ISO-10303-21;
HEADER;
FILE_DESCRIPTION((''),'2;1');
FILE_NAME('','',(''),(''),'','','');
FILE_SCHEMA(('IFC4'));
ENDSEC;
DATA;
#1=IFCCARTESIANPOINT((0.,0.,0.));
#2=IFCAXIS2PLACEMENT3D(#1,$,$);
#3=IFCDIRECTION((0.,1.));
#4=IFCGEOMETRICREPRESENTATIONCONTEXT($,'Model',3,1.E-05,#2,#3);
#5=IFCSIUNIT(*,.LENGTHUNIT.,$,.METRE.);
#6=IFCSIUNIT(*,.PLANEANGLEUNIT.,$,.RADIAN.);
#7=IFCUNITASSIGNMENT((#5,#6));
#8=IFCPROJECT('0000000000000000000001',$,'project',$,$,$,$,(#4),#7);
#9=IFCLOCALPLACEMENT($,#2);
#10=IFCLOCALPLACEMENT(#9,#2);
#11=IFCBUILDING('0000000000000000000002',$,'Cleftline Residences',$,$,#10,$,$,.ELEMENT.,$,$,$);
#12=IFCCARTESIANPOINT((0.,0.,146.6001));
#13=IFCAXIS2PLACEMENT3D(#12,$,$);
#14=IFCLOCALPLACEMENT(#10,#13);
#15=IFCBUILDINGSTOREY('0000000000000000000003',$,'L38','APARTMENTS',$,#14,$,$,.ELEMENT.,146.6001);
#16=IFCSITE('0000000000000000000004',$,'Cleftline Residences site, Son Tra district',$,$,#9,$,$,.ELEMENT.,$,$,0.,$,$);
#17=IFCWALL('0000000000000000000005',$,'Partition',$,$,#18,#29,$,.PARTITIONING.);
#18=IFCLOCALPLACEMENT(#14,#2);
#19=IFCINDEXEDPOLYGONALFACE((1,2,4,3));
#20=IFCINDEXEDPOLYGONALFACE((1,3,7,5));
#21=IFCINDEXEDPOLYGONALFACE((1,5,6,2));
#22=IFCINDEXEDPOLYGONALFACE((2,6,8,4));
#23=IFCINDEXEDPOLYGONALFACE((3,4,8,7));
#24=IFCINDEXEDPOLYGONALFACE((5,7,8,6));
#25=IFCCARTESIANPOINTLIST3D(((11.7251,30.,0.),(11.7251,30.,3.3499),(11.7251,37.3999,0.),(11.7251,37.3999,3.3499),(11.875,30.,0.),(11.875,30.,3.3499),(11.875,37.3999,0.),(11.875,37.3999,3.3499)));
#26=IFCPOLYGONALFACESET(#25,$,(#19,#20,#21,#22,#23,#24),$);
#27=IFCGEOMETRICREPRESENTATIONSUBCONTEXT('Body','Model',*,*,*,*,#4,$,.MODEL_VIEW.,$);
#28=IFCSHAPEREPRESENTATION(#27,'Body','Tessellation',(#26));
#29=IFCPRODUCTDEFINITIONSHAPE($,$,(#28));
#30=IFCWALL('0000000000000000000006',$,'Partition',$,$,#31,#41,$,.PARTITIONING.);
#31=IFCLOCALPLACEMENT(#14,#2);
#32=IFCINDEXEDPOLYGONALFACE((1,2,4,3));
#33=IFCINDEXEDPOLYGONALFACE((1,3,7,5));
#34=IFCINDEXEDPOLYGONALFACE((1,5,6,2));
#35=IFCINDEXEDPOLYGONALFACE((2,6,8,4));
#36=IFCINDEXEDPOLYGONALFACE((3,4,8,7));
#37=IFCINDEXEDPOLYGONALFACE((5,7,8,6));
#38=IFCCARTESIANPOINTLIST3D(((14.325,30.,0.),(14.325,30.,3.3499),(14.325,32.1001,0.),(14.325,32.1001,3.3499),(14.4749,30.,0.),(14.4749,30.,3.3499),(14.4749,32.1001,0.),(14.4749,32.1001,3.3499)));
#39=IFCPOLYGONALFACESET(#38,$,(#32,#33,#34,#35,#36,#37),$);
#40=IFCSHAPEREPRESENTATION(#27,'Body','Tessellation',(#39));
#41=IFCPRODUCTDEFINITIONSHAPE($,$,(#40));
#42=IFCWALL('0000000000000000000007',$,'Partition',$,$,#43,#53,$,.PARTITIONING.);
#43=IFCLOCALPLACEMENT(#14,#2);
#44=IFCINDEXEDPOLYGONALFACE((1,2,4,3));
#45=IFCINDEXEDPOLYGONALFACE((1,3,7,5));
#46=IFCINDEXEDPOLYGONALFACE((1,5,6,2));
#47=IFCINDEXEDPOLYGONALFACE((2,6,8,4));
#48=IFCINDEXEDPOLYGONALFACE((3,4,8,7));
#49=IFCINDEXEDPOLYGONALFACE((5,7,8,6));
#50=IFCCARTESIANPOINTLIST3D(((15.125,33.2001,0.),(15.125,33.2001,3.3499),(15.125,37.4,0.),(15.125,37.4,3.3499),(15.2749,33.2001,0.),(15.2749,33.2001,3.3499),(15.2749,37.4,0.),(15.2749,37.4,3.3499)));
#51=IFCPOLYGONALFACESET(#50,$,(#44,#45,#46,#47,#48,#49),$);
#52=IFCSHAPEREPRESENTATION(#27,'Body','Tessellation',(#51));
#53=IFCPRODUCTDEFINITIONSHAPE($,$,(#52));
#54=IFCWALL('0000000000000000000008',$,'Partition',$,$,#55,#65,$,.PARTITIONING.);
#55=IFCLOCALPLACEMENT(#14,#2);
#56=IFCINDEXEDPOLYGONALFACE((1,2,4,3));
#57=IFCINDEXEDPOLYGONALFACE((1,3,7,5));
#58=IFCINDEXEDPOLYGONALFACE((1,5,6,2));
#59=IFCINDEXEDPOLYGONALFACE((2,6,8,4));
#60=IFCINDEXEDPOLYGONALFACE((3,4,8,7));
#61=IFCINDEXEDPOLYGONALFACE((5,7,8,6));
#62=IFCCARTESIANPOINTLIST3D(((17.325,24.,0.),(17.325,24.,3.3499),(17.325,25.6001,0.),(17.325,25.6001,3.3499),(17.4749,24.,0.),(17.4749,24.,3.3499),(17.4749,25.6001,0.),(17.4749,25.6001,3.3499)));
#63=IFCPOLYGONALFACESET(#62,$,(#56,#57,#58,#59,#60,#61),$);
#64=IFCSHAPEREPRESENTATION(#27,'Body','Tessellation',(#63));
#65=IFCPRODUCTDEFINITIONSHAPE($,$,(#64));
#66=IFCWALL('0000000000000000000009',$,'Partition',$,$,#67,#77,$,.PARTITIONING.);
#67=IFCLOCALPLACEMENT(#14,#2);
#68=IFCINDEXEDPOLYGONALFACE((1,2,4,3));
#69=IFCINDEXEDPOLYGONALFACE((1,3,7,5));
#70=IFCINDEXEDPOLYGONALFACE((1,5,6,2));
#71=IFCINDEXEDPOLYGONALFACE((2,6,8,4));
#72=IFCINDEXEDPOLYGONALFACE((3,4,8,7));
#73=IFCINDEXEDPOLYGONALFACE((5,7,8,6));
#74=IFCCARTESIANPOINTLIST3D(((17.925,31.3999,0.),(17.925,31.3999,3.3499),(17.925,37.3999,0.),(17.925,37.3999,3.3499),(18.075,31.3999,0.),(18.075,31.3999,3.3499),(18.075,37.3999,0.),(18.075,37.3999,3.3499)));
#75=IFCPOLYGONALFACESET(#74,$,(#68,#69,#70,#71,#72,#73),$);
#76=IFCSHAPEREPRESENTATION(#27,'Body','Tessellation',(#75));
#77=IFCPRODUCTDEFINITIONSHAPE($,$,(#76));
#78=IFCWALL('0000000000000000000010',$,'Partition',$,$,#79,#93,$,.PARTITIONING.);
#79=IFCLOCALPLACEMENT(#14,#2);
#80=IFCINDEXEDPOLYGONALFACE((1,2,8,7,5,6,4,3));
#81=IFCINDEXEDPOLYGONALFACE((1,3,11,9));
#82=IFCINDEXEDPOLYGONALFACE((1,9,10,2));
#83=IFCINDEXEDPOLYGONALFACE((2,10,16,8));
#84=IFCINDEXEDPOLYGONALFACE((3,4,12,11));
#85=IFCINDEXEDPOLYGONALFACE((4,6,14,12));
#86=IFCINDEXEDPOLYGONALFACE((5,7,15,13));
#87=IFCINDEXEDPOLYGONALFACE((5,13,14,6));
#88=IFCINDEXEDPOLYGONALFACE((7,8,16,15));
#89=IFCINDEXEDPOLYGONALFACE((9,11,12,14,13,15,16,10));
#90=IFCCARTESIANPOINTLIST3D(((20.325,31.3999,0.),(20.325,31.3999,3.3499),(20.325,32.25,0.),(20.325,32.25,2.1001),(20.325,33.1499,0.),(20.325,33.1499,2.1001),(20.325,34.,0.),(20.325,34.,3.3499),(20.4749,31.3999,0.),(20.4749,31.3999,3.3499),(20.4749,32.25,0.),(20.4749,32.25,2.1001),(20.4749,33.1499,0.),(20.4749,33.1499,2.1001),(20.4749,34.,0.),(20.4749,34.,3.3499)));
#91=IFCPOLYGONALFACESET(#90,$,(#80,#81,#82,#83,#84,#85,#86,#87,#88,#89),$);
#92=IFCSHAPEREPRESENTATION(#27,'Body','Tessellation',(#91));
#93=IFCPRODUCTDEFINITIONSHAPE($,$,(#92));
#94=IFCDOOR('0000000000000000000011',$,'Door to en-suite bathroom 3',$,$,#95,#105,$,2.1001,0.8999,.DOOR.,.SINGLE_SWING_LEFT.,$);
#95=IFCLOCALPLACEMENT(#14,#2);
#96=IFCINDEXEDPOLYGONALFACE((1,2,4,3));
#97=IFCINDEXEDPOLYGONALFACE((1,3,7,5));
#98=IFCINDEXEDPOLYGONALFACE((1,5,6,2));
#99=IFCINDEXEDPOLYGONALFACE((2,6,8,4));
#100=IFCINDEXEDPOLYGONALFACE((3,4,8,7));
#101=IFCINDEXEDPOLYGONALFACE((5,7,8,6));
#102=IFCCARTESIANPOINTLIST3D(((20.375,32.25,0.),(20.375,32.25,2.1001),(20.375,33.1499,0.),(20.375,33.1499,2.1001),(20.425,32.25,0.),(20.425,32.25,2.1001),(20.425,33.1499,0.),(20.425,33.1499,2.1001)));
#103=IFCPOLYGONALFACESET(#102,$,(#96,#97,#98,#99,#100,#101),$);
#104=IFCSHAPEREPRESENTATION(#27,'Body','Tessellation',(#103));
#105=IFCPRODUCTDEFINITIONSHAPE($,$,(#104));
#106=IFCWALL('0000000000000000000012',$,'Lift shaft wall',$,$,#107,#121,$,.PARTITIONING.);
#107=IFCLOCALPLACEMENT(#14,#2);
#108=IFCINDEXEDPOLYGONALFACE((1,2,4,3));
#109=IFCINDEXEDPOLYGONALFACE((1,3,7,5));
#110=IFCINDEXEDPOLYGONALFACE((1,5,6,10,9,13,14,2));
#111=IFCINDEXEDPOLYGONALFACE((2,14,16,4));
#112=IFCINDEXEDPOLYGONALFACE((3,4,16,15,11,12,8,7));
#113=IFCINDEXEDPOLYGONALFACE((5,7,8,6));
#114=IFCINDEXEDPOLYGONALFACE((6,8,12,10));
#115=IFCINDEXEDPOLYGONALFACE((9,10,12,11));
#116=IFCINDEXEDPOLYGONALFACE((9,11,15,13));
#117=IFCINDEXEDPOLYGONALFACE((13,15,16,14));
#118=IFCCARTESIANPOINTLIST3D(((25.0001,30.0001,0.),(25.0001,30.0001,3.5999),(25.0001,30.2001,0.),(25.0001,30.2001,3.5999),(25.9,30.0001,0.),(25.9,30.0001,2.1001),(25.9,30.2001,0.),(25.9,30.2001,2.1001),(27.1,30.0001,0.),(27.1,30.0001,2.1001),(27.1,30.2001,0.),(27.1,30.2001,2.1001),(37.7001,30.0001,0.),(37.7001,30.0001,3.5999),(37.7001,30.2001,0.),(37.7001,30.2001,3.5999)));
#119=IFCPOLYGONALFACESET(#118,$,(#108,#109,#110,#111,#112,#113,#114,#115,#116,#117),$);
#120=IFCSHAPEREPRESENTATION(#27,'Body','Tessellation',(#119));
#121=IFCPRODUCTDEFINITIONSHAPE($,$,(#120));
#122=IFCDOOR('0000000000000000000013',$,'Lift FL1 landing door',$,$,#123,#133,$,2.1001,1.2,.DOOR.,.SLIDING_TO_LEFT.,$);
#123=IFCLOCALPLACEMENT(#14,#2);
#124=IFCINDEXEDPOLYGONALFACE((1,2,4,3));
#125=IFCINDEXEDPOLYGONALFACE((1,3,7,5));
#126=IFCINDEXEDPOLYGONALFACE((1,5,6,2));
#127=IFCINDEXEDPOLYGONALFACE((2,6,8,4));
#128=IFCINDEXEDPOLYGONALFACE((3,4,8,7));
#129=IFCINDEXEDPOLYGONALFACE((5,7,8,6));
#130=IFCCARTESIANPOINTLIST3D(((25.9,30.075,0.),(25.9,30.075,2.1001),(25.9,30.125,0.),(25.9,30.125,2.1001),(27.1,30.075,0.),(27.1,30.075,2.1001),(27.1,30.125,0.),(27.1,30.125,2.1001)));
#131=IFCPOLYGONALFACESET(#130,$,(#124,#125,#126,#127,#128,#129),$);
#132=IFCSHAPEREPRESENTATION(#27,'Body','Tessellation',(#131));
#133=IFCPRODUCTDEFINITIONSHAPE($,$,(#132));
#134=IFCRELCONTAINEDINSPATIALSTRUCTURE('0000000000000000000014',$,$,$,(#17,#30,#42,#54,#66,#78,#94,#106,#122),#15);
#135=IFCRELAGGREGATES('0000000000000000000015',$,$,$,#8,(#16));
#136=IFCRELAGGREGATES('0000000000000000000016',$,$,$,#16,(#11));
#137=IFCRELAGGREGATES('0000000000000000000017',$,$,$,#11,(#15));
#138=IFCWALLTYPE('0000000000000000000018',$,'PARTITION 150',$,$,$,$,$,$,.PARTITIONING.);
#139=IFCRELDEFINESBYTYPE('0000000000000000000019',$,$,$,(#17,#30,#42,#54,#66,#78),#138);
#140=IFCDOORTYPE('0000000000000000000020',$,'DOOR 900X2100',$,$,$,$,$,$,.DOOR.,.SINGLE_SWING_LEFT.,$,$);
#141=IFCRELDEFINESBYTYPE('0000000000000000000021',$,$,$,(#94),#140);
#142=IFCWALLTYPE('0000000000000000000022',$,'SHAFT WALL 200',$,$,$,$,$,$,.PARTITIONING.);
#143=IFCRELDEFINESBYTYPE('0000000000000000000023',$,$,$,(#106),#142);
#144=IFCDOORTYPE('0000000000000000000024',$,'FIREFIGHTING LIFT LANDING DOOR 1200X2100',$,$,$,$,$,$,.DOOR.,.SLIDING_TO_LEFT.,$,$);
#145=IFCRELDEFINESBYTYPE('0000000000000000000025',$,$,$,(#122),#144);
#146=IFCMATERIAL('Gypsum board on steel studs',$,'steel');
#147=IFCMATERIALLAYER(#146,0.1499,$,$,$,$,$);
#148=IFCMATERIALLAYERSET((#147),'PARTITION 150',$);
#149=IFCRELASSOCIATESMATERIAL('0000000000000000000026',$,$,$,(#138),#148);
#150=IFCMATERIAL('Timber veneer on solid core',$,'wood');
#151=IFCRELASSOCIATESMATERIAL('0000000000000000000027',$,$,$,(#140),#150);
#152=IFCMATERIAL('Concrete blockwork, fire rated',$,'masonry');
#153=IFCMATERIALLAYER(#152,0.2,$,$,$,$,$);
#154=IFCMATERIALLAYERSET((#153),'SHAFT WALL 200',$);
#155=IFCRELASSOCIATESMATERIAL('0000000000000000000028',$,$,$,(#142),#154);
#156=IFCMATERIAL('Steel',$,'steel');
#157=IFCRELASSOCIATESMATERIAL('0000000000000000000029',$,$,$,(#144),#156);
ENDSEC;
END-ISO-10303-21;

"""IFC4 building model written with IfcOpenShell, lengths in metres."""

from ifc_helpers import new_model, si_unit, direction, frame, frame_2d, origin, place, context, subcontext, project, spatial, rectangle, extrude, material, layer, layer_set, type_object, element, fill, save


model = new_model("IFC4")

# Units and contexts
model_context = context("Model", 3, precision=1e-05, world=origin(), true_north=direction((0.0, 1.0)))
body_context = subcontext(model_context, "Body", "Model", "MODEL_VIEW")
ifc_project = project(units=[si_unit("LENGTHUNIT", "METRE"), si_unit("PLANEANGLEUNIT", "RADIAN")], contexts=[model_context])

# Site, building, storey
site_placement = place(None, origin())
site = spatial("IfcSite", under=ifc_project, at=site_placement, Name="Cleftline Residences site, Son Tra district", CompositionType="ELEMENT", RefElevation=0.0)
building_placement = place(site_placement, origin())
building = spatial("IfcBuilding", under=site, at=building_placement, Name="Cleftline Residences", CompositionType="ELEMENT")
storey_placement = place(building_placement, frame((0.0, 0.0, 146.6001)))
storey = spatial("IfcBuildingStorey", under=building, at=storey_placement, Name="L38", Description="APARTMENTS", CompositionType="ELEMENT", Elevation=146.6001)

# Shared definitions
ifc_material_1 = material(Name="Gypsum board on steel studs", Category="steel")
ifc_layer_1 = layer(ifc_material_1, 0.1499)
ifc_layer_set_1 = layer_set([ifc_layer_1], Name="PARTITION 150")
wall_type_1 = type_object("IfcWallType", Name="PARTITION 150", PredefinedType="PARTITIONING", material=ifc_layer_set_1)
ifc_material_2 = material(Name="Timber veneer on solid core", Category="wood")
door_type_1 = type_object("IfcDoorType", Name="DOOR 900X2100", OperationType="SINGLE_SWING_LEFT", PredefinedType="DOOR", material=ifc_material_2)

# Walls
wall_1_placement = place(storey_placement, frame((11.8, 30.0, 0.0), z_axis=(0.0, 0.0, 1.0), x_axis=(0.0, 1.0, 0.0)))
element("IfcWall", 1, at=wall_1_placement, inside=storey, type_object=wall_type_1, Name="Partition", PredefinedType="PARTITIONING", context=body_context, shape_type="SweptSolid", body=[
    extrude(rectangle(XDim=7.3999, YDim=0.1499, at=frame_2d((3.7, 0.0))), origin(), (0.0, 0.0, 1.0), 3.3499),
])
wall_2_placement = place(storey_placement, frame((14.3999, 30.0, 0.0), z_axis=(0.0, 0.0, 1.0), x_axis=(0.0, 1.0, 0.0)))
element("IfcWall", 2, at=wall_2_placement, inside=storey, type_object=wall_type_1, Name="Partition", PredefinedType="PARTITIONING", context=body_context, shape_type="SweptSolid", body=[
    extrude(rectangle(XDim=2.1001, YDim=0.1499, at=frame_2d((1.05, 0.0))), origin(), (0.0, 0.0, 1.0), 3.3499),
])
wall_3_placement = place(storey_placement, frame((15.2, 33.2, 0.0), z_axis=(0.0, 0.0, 1.0), x_axis=(0.0, 1.0, 0.0)))
element("IfcWall", 3, at=wall_3_placement, inside=storey, type_object=wall_type_1, Name="Partition", PredefinedType="PARTITIONING", context=body_context, shape_type="SweptSolid", body=[
    extrude(rectangle(XDim=4.2, YDim=0.1499, at=frame_2d((2.1001, 0.0))), origin(), (0.0, 0.0, 1.0), 3.3499),
])
wall_4_placement = place(storey_placement, frame((17.3999, 24.0, 0.0), z_axis=(0.0, 0.0, 1.0), x_axis=(0.0, 1.0, 0.0)))
element("IfcWall", 4, at=wall_4_placement, inside=storey, type_object=wall_type_1, Name="Partition", PredefinedType="PARTITIONING", context=body_context, shape_type="SweptSolid", body=[
    extrude(rectangle(XDim=1.6001, YDim=0.1499, at=frame_2d((0.8, 0.0))), origin(), (0.0, 0.0, 1.0), 3.3499),
])
wall_5_placement = place(storey_placement, frame((18.0, 31.3999, 0.0), z_axis=(0.0, 0.0, 1.0), x_axis=(0.0, 1.0, 0.0)))
element("IfcWall", 5, at=wall_5_placement, inside=storey, type_object=wall_type_1, Name="Partition", PredefinedType="PARTITIONING", context=body_context, shape_type="SweptSolid", body=[
    extrude(rectangle(XDim=6.0, YDim=0.1499, at=frame_2d((3.0, 0.0))), origin(), (0.0, 0.0, 1.0), 3.3499),
])

# Walls, openings, doors
wall_6_placement = place(storey_placement, frame((20.3999, 31.3999, 0.0), z_axis=(0.0, 0.0, 1.0), x_axis=(0.0, 1.0, 0.0)))
wall_6 = element("IfcWall", 6, at=wall_6_placement, inside=storey, type_object=wall_type_1, Name="Partition", PredefinedType="PARTITIONING", context=body_context, shape_type="SweptSolid", body=[
    extrude(rectangle(XDim=2.6001, YDim=0.1499, at=frame_2d((1.3, 0.0))), origin(), (0.0, 0.0, 1.0), 3.3499),
])
opening_1_placement = place(wall_6_placement, frame((0.8501, 0.0, 0.0)))
opening_1 = element("IfcOpeningElement", 7, at=opening_1_placement, cuts=wall_6, PredefinedType="OPENING", context=body_context, shape_type="SweptSolid", body=[
    extrude(rectangle(XDim=0.8999, YDim=2.1001, at=frame_2d((0.45, 1.05))), frame((0.0, 0.085, 0.0), z_axis=(0.0, -1.0, 0.0), x_axis=(1.0, 0.0, 0.0)), (0.0, 0.0, 1.0), 0.1699),
])
door_1_placement = place(opening_1_placement, origin())
door_1 = element("IfcDoor", 8, at=door_1_placement, inside=storey, type_object=door_type_1, Name="Door to en-suite bathroom 3", OperationType="SINGLE_SWING_LEFT", OverallHeight=2.1001, OverallWidth=0.8999, PredefinedType="DOOR", context=body_context, shape_type="SweptSolid", body=[
    extrude(rectangle(XDim=0.8999, YDim=2.1001, at=frame_2d((0.45, 1.05))), frame((0.0, 0.0249, 0.0), z_axis=(0.0, -1.0, 0.0), x_axis=(1.0, 0.0, 0.0)), (0.0, 0.0, 1.0), 0.05),
])
fill(opening_1, door_1)
ifc_material_3 = material(Name="Concrete blockwork, fire rated", Category="masonry")
ifc_layer_2 = layer(ifc_material_3, 0.2)
ifc_layer_set_2 = layer_set([ifc_layer_2], Name="SHAFT WALL 200")
wall_type_2 = type_object("IfcWallType", Name="SHAFT WALL 200", PredefinedType="PARTITIONING", material=ifc_layer_set_2)
wall_7_placement = place(storey_placement, frame((25.0, 30.1001, 0.0), z_axis=(0.0, 0.0, 1.0), x_axis=(1.0, 0.0, 0.0)))
wall_7 = element("IfcWall", 9, at=wall_7_placement, inside=storey, type_object=wall_type_2, Name="Lift shaft wall", PredefinedType="PARTITIONING", context=body_context, shape_type="SweptSolid", body=[
    extrude(rectangle(XDim=12.7, YDim=0.2, at=frame_2d((6.3501, 0.0))), origin(), (0.0, 0.0, 1.0), 3.5999),
])
opening_2_placement = place(wall_7_placement, frame((0.8999, 0.0, 0.0)))
opening_2 = element("IfcOpeningElement", 10, at=opening_2_placement, cuts=wall_7, PredefinedType="OPENING", context=body_context, shape_type="SweptSolid", body=[
    extrude(rectangle(XDim=1.2, YDim=2.1001, at=frame_2d((0.6001, 1.05))), frame((0.0, 0.1099, 0.0), z_axis=(0.0, -1.0, 0.0), x_axis=(1.0, 0.0, 0.0)), (0.0, 0.0, 1.0), 0.22),
])
ifc_material_4 = material(Name="Steel", Category="steel")
door_type_2 = type_object("IfcDoorType", Name="FIREFIGHTING LIFT LANDING DOOR 1200X2100", OperationType="SLIDING_TO_LEFT", PredefinedType="DOOR", material=ifc_material_4)
door_2_placement = place(opening_2_placement, origin())
door_2 = element("IfcDoor", 11, at=door_2_placement, inside=storey, type_object=door_type_2, Name="Lift FL1 landing door", OperationType="SLIDING_TO_LEFT", OverallHeight=2.1001, OverallWidth=1.2, PredefinedType="DOOR", context=body_context, shape_type="SweptSolid", body=[
    extrude(rectangle(XDim=1.2, YDim=2.1001, at=frame_2d((0.6001, 1.05))), frame((0.0, 0.0249, 0.0), z_axis=(0.0, -1.0, 0.0), x_axis=(1.0, 0.0, 0.0)), (0.0, 0.0, 1.0), 0.05),
])
fill(opening_2, door_2)

save(model, "model.ifc")
